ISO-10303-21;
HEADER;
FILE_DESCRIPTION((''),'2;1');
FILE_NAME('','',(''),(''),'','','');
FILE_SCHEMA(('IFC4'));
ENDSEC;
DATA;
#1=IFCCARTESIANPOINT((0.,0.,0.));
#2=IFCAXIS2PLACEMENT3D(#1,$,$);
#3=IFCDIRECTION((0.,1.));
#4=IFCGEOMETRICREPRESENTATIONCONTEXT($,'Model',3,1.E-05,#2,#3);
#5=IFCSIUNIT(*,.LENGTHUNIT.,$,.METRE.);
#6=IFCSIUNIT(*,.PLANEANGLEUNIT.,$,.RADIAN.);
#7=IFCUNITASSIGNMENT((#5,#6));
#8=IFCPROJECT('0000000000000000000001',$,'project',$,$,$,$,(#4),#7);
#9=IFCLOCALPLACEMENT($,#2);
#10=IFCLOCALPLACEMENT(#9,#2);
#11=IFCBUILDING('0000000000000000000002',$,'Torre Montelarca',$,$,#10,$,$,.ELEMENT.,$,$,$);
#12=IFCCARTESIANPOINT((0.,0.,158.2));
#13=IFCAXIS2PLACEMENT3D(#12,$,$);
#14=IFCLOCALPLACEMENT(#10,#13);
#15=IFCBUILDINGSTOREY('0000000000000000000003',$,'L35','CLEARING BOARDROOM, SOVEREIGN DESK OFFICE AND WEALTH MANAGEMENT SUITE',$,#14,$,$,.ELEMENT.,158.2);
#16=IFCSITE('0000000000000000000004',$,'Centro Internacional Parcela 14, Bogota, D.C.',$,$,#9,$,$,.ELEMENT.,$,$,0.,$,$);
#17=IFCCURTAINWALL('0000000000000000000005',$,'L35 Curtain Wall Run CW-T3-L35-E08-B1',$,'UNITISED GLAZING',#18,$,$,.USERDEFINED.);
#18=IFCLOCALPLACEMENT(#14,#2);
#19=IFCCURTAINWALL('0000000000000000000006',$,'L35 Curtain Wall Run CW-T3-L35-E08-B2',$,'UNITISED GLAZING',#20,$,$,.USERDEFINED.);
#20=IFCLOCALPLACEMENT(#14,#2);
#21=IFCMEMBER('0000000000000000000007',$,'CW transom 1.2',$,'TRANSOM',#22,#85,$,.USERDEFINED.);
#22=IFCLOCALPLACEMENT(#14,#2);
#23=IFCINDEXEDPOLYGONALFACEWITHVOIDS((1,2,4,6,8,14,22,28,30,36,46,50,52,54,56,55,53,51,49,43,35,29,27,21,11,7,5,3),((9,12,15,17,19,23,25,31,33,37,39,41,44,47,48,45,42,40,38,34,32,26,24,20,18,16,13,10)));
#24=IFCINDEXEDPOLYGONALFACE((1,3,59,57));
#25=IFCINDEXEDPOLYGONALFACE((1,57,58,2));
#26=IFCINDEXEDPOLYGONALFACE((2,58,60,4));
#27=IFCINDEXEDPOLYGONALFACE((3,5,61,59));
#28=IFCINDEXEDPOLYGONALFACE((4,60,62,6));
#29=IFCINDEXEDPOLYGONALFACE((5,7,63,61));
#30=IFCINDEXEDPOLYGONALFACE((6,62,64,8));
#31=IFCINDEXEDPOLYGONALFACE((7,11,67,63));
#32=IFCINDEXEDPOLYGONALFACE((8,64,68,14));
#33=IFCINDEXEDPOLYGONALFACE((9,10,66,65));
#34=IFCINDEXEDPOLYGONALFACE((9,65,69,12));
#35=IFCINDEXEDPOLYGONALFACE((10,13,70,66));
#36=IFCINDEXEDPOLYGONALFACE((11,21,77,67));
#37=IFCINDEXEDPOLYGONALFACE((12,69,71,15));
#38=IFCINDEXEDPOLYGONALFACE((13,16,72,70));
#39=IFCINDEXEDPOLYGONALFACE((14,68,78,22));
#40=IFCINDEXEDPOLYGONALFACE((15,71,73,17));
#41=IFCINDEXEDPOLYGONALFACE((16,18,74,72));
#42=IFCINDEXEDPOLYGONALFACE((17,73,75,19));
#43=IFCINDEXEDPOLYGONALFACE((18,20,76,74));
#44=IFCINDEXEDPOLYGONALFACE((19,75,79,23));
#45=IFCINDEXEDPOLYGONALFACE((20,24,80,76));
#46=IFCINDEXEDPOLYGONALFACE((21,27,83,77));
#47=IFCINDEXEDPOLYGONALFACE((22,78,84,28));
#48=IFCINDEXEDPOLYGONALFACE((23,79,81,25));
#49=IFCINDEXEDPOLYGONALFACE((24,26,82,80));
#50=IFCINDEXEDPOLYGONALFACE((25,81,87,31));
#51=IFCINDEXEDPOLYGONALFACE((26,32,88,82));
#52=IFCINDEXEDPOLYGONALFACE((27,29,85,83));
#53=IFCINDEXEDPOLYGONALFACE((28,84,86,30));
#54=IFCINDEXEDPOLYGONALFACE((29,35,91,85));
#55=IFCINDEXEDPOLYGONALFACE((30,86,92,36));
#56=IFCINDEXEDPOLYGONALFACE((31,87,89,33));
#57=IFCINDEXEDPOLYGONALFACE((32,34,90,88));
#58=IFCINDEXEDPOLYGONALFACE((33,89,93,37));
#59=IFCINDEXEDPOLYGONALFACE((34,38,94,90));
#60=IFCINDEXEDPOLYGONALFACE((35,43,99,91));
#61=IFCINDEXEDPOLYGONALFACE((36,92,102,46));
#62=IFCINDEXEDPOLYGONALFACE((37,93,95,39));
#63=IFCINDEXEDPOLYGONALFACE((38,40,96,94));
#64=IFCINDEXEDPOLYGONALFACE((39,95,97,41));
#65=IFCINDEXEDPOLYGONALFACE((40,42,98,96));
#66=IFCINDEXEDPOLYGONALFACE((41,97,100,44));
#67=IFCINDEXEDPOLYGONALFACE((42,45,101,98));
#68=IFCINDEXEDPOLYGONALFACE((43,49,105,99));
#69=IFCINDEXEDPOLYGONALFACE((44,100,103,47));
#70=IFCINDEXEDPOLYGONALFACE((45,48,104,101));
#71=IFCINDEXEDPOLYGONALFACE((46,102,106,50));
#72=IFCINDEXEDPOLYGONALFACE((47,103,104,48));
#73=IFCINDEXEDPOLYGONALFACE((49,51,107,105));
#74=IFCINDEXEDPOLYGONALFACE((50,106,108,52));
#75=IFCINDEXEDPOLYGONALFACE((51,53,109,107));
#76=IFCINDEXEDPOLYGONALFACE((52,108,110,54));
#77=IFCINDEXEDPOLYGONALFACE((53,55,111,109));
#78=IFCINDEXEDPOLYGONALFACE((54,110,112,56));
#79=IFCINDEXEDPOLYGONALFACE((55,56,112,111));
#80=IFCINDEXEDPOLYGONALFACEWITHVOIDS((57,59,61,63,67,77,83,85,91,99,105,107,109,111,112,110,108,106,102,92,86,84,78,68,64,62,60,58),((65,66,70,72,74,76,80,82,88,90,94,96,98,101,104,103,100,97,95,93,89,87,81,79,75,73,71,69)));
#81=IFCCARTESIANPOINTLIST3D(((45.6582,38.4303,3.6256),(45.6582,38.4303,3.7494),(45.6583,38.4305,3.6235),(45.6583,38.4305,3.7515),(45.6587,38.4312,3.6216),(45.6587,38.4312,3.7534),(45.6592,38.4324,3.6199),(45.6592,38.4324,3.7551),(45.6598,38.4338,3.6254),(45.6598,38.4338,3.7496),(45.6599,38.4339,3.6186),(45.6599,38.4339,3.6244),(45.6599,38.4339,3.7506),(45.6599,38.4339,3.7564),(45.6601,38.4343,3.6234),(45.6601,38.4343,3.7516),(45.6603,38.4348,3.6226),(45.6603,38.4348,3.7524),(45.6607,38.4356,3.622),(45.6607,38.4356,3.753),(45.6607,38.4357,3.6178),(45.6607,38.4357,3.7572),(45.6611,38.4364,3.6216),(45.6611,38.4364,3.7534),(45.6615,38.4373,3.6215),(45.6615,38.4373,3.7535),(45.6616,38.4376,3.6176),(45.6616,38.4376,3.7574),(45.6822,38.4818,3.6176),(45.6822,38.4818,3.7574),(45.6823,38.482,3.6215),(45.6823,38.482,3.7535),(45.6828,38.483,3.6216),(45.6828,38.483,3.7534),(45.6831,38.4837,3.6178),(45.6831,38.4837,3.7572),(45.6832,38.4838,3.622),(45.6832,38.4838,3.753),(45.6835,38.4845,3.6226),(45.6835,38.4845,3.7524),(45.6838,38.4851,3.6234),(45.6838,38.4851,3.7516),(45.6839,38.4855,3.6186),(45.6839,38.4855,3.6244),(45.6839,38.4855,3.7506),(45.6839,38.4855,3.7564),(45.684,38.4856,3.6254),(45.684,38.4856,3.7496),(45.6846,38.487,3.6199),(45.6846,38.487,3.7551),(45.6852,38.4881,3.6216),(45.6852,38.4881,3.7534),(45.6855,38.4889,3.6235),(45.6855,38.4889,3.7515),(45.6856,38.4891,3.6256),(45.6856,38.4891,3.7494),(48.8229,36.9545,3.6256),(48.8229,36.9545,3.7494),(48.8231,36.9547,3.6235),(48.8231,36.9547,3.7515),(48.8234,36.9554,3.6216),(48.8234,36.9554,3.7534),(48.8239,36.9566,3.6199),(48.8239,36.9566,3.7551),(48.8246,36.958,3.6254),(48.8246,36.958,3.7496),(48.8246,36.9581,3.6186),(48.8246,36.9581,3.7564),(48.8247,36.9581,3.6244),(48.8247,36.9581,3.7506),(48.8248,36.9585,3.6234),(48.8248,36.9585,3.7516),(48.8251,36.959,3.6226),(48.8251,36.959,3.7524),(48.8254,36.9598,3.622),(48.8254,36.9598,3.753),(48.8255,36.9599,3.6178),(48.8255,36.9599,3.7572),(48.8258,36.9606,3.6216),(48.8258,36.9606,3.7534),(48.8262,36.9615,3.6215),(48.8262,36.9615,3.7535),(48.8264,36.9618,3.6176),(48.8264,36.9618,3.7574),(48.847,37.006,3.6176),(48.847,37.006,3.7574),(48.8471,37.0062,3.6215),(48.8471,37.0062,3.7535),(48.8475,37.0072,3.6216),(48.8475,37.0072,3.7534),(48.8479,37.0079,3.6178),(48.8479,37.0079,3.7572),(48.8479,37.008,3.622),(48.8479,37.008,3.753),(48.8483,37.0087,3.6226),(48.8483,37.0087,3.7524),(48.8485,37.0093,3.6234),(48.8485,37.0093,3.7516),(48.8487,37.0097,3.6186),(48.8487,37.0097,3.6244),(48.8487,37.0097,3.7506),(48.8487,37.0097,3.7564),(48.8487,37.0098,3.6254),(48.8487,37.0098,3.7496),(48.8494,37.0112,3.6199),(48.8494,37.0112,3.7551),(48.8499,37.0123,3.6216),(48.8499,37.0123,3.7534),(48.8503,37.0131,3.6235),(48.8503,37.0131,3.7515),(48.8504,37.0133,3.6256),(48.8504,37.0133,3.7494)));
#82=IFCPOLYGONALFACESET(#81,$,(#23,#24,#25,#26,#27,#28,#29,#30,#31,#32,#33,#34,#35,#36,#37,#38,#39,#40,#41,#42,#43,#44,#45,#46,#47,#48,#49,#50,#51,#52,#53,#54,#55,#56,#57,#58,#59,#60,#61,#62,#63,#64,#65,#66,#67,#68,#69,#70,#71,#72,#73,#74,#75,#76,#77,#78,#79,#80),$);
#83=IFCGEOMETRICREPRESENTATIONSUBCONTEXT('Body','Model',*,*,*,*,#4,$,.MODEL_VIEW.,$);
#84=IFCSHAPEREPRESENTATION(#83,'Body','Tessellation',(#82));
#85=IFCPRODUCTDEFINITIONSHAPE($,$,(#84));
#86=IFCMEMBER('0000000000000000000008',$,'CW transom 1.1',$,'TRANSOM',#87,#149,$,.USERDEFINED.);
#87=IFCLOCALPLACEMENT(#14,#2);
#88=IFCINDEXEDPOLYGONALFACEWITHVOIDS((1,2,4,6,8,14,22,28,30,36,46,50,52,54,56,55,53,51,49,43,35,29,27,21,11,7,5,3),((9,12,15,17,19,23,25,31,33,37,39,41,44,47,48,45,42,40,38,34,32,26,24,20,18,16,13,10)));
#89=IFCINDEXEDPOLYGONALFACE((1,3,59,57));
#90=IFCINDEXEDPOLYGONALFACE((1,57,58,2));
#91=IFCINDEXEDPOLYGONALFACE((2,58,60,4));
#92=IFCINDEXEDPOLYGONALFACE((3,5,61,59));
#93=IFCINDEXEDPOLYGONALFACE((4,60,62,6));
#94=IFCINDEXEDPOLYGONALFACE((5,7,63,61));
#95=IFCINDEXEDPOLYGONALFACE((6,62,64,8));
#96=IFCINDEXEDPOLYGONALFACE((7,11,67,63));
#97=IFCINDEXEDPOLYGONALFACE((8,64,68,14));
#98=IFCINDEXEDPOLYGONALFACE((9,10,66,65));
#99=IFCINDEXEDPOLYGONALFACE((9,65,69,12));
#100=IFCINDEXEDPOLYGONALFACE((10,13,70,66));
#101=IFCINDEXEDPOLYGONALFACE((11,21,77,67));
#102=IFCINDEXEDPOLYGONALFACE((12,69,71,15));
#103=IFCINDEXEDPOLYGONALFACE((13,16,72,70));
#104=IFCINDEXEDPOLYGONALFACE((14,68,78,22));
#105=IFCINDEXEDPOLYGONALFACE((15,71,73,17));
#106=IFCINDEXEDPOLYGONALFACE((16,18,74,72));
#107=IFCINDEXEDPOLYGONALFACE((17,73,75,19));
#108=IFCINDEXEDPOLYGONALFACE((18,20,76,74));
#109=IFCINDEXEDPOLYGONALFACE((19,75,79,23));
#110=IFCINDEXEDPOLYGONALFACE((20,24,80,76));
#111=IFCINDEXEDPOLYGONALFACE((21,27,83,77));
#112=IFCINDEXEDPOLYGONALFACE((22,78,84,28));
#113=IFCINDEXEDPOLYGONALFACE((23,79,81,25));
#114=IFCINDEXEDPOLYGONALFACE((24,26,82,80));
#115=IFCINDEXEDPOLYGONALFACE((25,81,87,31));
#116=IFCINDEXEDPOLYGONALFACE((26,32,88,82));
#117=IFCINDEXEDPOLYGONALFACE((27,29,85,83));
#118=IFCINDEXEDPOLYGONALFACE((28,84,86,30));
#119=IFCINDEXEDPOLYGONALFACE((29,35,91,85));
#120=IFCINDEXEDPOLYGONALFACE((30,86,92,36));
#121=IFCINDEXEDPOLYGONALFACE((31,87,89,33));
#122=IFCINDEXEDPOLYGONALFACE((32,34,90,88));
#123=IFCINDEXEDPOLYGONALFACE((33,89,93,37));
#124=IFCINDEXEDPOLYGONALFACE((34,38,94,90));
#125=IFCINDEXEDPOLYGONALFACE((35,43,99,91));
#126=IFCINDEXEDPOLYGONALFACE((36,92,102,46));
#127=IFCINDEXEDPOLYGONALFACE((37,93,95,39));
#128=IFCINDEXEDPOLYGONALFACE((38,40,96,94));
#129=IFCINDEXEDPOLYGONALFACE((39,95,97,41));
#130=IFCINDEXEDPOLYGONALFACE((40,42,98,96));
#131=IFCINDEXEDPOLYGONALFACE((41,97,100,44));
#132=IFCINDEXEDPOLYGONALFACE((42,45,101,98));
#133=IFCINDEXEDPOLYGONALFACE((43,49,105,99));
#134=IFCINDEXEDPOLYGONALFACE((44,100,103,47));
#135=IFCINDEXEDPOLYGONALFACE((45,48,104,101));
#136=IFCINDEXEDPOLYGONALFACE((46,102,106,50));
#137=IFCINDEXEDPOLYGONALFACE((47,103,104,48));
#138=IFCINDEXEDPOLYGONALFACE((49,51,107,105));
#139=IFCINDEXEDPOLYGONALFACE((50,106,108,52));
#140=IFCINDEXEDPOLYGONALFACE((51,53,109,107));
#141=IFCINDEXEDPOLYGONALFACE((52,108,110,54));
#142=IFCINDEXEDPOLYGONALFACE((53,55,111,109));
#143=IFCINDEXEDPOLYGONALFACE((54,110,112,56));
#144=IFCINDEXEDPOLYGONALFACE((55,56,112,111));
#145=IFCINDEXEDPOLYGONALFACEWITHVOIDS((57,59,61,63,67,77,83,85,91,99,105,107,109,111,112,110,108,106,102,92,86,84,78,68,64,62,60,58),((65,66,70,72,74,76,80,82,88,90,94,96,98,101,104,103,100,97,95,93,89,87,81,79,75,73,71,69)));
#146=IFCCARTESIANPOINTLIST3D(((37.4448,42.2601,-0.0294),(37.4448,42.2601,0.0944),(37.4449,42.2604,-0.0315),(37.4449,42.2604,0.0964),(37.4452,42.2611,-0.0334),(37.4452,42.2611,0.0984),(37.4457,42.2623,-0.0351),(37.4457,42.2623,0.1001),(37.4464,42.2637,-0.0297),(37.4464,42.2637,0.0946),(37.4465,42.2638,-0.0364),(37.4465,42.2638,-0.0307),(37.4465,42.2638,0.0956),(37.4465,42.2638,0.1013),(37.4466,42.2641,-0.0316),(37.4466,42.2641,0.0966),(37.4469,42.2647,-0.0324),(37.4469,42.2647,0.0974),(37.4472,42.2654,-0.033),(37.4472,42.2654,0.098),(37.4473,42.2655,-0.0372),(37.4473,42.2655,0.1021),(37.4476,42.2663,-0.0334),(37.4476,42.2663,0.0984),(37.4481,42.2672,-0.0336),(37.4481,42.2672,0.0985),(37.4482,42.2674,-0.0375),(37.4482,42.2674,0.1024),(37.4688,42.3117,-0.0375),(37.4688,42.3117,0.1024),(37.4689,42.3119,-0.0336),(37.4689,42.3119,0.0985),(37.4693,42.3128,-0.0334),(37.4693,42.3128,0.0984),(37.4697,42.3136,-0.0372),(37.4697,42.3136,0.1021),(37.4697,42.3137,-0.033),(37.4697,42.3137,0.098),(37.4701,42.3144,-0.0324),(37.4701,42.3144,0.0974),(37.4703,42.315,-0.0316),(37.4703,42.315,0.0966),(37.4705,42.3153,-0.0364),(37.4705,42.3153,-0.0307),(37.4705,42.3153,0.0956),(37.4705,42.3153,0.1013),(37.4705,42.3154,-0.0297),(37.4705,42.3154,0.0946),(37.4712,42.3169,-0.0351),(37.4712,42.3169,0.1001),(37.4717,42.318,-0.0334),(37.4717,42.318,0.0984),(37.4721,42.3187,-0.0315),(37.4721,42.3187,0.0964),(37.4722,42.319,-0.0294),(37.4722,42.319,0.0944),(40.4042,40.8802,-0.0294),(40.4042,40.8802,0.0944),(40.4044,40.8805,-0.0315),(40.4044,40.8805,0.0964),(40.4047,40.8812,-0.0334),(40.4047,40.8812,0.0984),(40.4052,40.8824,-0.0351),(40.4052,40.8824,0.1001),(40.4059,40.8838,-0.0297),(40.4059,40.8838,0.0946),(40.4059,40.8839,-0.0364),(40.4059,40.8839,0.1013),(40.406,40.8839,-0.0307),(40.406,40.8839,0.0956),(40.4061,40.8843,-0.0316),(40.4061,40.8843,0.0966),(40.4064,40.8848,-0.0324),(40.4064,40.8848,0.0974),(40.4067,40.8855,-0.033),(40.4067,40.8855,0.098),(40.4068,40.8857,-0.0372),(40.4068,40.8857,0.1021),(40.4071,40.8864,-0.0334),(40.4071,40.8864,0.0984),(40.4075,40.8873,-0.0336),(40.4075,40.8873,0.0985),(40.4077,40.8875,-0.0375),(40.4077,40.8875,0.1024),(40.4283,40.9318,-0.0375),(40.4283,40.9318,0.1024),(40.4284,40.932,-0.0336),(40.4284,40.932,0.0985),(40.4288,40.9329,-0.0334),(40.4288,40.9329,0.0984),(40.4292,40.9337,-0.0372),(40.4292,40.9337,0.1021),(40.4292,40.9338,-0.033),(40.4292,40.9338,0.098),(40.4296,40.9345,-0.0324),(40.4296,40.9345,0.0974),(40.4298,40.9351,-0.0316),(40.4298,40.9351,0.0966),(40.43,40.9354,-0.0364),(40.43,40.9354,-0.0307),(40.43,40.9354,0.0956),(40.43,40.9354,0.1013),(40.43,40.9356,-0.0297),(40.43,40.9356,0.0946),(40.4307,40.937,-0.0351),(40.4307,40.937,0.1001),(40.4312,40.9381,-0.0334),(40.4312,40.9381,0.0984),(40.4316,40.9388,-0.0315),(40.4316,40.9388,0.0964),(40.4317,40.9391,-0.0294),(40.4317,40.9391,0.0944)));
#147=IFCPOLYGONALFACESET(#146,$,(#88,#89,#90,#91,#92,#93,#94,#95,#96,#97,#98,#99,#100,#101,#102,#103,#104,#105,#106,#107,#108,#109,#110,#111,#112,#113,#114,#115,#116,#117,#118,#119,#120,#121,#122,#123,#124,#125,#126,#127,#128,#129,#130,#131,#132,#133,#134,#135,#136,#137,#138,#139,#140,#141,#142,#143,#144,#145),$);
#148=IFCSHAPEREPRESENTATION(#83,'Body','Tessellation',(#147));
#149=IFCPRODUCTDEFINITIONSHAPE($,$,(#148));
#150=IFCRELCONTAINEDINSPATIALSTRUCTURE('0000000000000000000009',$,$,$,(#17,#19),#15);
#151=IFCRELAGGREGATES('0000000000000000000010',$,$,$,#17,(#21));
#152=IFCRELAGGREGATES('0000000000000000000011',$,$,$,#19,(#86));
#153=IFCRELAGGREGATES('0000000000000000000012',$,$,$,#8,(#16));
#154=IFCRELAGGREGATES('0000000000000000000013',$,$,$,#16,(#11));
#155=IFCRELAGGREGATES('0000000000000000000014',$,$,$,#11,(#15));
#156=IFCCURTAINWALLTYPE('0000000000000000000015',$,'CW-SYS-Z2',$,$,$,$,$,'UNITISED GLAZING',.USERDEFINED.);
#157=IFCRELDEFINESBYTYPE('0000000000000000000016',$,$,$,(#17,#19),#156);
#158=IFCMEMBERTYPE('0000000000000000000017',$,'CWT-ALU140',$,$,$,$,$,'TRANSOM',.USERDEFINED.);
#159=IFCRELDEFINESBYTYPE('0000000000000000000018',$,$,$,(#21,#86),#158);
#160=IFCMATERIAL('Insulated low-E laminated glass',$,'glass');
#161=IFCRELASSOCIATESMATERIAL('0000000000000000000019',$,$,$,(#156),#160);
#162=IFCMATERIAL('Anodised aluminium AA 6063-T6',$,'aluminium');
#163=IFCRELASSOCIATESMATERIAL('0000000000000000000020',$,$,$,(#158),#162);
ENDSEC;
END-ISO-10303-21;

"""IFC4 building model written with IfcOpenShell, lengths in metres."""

from ifc_helpers import new_model, si_unit, direction, frame, origin, origin_2d, place, context, subcontext, project, spatial, hollow_rectangle, extrude, source, transform, mapped, material, material_profile, profile_set, type_object, element, aggregate, save


model = new_model("IFC4")

# Units and contexts
model_context = context("Model", 3, precision=1e-05, world=origin(), true_north=direction((0.0, 1.0)))
body_context = subcontext(model_context, "Body", "Model", "MODEL_VIEW")
ifc_project = project(units=[si_unit("LENGTHUNIT", "METRE"), si_unit("PLANEANGLEUNIT", "RADIAN")], contexts=[model_context])

# Site, building, storey
site_placement = place(None, origin())
site = spatial("IfcSite", under=ifc_project, at=site_placement, Name="Centro Internacional Parcela 14, Bogota, D.C.", CompositionType="ELEMENT", RefElevation=0.0)
building_placement = place(site_placement, origin())
building = spatial("IfcBuilding", under=site, at=building_placement, Name="Torre Montelarca", CompositionType="ELEMENT")
storey_placement = place(building_placement, frame((0.0, 0.0, 158.2)))
storey = spatial("IfcBuildingStorey", under=building, at=storey_placement, Name="L35", Description="CLEARING BOARDROOM, SOVEREIGN DESK OFFICE AND WEALTH MANAGEMENT SUITE", CompositionType="ELEMENT", Elevation=158.2)

# Curtain wall
ifc_material_1 = material(Name="Insulated low-E laminated glass", Category="glass")
curtain_wall_type = type_object("IfcCurtainWallType", Name="CW-SYS-Z2", ElementType="UNITISED GLAZING", PredefinedType="USERDEFINED", material=ifc_material_1)
ifc_material_2 = material(Name="Anodised aluminium AA 6063-T6", Category="aluminium")
ifc_material_profile_1 = material_profile(ifc_material_2, hollow_rectangle(XDim=0.0649, YDim=0.1399, WallThickness=0.0039, InnerFilletRadius=0.0039, OuterFilletRadius=0.0081, at=origin_2d()), Name="ALU65X140X4", Category="aluminium")
ifc_profile_set_1 = profile_set([ifc_material_profile_1], Name="Anodised aluminium AA 6063-T6")
member_type_1 = type_object("IfcMemberType", Name="CWT-ALU140", ElementType="TRANSOM", PredefinedType="USERDEFINED", material=ifc_profile_set_1)
curtain_wall_1_placement = place(storey_placement, origin())
curtain_wall_1 = element("IfcCurtainWall", 1, at=curtain_wall_1_placement, inside=storey, type_object=curtain_wall_type, Name="L35 Curtain Wall Run CW-T3-L35-E08-B1", ObjectType="UNITISED GLAZING", PredefinedType="USERDEFINED")

# Curtain wall
curtain_wall_2_placement = place(storey_placement, origin())
curtain_wall_2 = element("IfcCurtainWall", 2, at=curtain_wall_2_placement, inside=storey, type_object=curtain_wall_type, Name="L35 Curtain Wall Run CW-T3-L35-E08-B2", ObjectType="UNITISED GLAZING", PredefinedType="USERDEFINED")

# Members
shared_shape_1 = source(origin(), body_context, "Body", "SweptSolid", [
    extrude(hollow_rectangle(XDim=0.0649, YDim=0.1399, WallThickness=0.0039, InnerFilletRadius=0.0039, OuterFilletRadius=0.0081, at=origin_2d()), origin(), (0.0, 0.0, 1.0), 3.4919),
])
member_1_placement = place(storey_placement, frame((48.8367, 36.9839, 3.6875), z_axis=(-0.906301, 0.422633, 0.0), x_axis=(-0.422633, -0.906301, 0.0)))
member_1 = element("IfcMember", 3, at=member_1_placement, type_object=member_type_1, Name="CW transom 1.2", ObjectType="TRANSOM", PredefinedType="USERDEFINED", context=body_context, shape_type="MappedRepresentation", body=[
    mapped(shared_shape_1, transform((0.0, 0.0, 0.0), scale=1.0)),
])
shared_shape_2 = source(origin(), body_context, "Body", "SweptSolid", [
    extrude(hollow_rectangle(XDim=0.0649, YDim=0.1399, WallThickness=0.0039, InnerFilletRadius=0.0039, OuterFilletRadius=0.0081, at=origin_2d()), origin(), (0.0, 0.0, 1.0), 3.2654),
])
member_2_placement = place(storey_placement, frame((40.418, 40.9097, 0.0325), z_axis=(-0.906324, 0.422583, 0.0), x_axis=(-0.422583, -0.906324, 0.0)))
member_2 = element("IfcMember", 4, at=member_2_placement, type_object=member_type_1, Name="CW transom 1.1", ObjectType="TRANSOM", PredefinedType="USERDEFINED", context=body_context, shape_type="MappedRepresentation", body=[
    mapped(shared_shape_2, transform((0.0, 0.0, 0.0), scale=1.0)),
])

aggregate(curtain_wall_1, [member_1])
aggregate(curtain_wall_2, [member_2])

save(model, "model.ifc")
